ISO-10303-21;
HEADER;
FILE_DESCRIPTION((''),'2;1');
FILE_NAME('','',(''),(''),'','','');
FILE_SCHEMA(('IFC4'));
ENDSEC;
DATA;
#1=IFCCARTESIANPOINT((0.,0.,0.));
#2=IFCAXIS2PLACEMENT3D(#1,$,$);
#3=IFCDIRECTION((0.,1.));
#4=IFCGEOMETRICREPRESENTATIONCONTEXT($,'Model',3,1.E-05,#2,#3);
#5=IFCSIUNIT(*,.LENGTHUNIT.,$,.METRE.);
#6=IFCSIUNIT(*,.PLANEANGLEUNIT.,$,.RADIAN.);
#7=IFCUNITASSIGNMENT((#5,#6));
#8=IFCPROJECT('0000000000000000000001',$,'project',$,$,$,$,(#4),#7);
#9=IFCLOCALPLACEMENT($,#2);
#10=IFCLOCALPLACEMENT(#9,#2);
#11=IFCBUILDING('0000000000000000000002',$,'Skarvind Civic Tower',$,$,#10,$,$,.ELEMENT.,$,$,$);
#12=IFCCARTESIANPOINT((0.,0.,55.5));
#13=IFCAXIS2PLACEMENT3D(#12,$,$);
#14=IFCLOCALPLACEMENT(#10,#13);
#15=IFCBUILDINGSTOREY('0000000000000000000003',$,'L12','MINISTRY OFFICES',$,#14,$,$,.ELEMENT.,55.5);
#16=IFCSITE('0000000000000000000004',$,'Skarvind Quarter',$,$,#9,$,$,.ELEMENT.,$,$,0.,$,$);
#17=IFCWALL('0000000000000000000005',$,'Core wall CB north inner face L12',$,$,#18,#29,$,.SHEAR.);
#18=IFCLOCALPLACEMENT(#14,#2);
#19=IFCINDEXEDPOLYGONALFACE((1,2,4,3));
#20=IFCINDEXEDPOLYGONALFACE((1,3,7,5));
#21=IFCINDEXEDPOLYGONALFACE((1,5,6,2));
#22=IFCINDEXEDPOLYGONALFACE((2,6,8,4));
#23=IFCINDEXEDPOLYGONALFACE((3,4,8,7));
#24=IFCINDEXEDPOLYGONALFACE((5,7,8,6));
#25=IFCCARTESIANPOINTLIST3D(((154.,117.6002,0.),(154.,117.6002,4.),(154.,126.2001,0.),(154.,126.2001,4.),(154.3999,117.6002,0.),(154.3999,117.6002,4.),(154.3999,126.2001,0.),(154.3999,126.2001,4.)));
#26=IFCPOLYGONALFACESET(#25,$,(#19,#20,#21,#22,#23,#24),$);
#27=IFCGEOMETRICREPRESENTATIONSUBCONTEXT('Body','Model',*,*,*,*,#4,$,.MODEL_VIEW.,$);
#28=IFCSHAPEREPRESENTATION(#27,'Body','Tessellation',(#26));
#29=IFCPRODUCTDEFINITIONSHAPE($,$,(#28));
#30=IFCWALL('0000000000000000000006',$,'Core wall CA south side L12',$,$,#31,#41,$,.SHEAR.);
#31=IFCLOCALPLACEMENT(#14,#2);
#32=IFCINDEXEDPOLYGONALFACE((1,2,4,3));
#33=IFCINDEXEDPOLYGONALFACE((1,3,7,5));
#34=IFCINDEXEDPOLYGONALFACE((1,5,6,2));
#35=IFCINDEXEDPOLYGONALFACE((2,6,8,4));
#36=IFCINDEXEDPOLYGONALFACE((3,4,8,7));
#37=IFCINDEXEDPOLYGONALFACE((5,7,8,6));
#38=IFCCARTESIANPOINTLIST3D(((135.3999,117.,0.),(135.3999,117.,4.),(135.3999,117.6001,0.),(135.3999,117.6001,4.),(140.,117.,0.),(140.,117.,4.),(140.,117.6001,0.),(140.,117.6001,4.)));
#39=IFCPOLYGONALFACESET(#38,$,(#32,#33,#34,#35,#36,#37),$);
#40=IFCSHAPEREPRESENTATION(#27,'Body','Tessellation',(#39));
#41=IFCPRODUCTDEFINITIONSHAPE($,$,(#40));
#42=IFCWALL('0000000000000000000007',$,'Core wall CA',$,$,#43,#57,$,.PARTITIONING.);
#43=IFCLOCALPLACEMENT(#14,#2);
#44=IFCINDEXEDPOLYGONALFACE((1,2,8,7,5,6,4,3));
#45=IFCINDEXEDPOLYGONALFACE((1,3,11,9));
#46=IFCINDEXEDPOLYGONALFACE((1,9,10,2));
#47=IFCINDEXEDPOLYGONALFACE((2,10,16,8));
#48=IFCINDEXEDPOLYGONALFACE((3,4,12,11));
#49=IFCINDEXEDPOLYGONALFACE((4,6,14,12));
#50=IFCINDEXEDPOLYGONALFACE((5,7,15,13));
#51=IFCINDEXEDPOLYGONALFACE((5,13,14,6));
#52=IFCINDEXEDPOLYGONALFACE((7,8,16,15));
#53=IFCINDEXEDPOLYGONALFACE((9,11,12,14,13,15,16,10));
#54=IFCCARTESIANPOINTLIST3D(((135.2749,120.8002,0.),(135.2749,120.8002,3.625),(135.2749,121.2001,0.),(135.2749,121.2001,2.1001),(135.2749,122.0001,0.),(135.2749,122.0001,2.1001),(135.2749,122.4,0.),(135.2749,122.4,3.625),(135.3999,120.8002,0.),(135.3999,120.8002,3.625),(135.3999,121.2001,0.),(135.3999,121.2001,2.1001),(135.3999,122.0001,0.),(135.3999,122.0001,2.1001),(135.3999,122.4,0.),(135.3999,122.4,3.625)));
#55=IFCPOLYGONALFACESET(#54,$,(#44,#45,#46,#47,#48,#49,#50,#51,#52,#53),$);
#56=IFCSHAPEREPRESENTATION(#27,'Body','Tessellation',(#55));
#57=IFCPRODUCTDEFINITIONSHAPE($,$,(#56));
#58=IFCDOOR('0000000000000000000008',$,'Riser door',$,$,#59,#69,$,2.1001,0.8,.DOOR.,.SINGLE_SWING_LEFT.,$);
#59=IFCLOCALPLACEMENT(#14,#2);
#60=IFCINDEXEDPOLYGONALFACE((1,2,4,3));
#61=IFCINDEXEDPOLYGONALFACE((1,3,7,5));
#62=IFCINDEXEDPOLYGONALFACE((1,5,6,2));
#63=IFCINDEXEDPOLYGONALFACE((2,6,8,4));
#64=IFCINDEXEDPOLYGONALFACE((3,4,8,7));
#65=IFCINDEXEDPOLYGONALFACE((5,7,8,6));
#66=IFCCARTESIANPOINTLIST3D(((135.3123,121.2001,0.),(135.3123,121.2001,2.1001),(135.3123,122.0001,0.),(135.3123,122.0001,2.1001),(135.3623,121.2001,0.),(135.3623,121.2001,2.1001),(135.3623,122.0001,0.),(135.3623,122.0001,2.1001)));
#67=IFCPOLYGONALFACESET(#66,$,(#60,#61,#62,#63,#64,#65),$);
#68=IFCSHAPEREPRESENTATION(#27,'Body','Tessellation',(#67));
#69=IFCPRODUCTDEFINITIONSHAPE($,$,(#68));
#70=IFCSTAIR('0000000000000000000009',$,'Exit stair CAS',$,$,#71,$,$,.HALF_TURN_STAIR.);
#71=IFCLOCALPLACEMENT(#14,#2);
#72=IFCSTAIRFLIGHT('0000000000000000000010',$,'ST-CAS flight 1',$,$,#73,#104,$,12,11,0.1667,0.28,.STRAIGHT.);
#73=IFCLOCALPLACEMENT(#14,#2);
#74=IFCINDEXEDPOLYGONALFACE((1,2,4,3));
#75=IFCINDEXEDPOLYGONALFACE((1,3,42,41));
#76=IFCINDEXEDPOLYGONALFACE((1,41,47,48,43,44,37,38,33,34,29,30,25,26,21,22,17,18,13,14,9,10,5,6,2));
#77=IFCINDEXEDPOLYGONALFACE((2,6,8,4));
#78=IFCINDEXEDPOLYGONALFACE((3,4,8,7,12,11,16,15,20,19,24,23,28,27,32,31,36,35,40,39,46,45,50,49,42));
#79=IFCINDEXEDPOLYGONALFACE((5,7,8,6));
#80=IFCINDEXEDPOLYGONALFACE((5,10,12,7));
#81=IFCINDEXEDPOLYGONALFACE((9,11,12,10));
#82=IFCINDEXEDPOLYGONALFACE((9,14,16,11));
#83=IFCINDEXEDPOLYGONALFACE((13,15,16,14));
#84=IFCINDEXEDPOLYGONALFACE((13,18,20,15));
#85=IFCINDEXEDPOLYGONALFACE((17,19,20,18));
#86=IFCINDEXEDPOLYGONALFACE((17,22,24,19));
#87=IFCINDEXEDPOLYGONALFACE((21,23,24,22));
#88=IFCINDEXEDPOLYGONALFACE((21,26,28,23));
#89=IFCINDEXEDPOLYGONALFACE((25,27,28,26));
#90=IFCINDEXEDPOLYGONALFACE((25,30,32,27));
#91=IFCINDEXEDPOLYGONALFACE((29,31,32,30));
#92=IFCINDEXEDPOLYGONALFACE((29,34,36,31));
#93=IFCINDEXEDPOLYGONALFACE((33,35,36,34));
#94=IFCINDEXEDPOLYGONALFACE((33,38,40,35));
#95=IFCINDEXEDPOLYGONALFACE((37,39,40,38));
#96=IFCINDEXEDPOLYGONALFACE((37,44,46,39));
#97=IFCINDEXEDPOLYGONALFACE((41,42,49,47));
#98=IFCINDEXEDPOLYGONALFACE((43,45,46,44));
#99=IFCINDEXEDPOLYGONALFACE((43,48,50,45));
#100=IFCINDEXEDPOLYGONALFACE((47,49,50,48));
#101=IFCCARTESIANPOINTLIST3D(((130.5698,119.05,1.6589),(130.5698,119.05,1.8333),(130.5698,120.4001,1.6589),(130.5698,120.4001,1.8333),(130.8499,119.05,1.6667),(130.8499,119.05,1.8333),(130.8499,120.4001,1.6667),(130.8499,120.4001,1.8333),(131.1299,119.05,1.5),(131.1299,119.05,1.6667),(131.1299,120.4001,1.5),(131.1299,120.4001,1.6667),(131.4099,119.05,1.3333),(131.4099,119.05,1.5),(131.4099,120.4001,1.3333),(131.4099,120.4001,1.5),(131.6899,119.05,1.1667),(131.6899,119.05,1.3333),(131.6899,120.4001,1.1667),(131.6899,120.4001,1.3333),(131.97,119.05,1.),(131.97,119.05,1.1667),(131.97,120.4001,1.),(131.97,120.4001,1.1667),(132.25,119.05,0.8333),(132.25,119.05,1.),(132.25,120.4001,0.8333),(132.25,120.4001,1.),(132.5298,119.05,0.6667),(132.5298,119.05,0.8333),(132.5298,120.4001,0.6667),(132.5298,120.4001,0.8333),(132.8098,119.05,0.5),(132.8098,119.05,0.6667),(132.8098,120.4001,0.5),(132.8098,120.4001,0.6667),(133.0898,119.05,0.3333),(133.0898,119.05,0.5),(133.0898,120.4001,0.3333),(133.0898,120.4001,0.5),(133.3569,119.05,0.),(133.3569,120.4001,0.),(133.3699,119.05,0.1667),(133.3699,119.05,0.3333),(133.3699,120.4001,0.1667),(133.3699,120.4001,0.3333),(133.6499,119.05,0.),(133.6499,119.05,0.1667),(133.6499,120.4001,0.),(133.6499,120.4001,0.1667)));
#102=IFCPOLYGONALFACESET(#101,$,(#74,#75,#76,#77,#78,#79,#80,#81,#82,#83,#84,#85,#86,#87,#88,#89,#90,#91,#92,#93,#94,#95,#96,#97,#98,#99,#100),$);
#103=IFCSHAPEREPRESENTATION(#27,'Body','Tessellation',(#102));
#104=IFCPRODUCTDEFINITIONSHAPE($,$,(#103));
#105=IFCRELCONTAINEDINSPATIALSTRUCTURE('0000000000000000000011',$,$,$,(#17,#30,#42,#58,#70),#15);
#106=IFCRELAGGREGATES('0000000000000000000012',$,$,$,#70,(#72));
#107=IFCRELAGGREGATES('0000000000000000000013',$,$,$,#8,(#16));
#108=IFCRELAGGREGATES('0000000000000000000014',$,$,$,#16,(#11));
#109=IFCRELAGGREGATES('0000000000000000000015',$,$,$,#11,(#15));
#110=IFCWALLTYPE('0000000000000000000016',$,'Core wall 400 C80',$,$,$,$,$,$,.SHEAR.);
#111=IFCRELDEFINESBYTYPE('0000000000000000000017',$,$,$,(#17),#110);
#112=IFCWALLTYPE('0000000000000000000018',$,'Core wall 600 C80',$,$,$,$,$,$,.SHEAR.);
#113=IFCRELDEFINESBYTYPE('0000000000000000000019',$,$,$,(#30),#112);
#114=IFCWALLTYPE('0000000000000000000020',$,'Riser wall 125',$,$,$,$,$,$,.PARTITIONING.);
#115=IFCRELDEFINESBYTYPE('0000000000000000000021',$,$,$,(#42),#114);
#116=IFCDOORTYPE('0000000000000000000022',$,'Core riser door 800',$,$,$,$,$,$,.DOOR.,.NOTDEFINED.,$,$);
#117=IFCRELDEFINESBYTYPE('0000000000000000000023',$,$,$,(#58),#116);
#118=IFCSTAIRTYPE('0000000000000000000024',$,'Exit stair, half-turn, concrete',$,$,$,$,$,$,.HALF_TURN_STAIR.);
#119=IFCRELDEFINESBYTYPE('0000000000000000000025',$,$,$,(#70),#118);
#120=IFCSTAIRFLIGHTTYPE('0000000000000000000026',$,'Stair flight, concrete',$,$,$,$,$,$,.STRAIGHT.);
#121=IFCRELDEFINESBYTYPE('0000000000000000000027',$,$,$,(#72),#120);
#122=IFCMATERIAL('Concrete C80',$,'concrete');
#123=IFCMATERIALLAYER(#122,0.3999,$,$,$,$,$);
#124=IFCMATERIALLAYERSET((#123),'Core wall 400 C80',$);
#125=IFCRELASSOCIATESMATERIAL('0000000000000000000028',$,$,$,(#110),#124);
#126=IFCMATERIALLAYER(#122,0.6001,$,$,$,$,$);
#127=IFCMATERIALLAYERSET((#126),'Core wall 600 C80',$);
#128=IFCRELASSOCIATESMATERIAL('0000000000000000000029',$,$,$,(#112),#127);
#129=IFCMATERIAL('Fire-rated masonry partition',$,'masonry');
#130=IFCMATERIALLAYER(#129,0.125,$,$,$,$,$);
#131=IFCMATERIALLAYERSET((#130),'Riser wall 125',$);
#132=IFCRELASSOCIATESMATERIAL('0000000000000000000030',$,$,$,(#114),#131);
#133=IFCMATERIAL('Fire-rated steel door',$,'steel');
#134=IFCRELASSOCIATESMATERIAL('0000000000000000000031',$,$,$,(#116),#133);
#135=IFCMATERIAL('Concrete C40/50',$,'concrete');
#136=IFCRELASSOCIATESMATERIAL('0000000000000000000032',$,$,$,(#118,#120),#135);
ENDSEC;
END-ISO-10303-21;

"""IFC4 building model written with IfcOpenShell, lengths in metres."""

from ifc_helpers import new_model, si_unit, direction, frame, frame_2d, origin, place, context, subcontext, project, spatial, polyline, rectangle, outline, extrude, material, layer, layer_set, type_object, element, fill, aggregate, save


model = new_model("IFC4")

# Units and contexts
model_context = context("Model", 3, precision=1e-05, world=origin(), true_north=direction((0.0, 1.0)))
body_context = subcontext(model_context, "Body", "Model", "MODEL_VIEW")
ifc_project = project(units=[si_unit("LENGTHUNIT", "METRE"), si_unit("PLANEANGLEUNIT", "RADIAN")], contexts=[model_context])

# Site, building, storey
site_placement = place(None, origin())
site = spatial("IfcSite", under=ifc_project, at=site_placement, Name="Skarvind Quarter", CompositionType="ELEMENT", RefElevation=0.0)
building_placement = place(site_placement, origin())
building = spatial("IfcBuilding", under=site, at=building_placement, Name="Skarvind Civic Tower", CompositionType="ELEMENT")
storey_placement = place(building_placement, frame((0.0, 0.0, 55.5)))
storey = spatial("IfcBuildingStorey", under=building, at=storey_placement, Name="L12", Description="MINISTRY OFFICES", CompositionType="ELEMENT", Elevation=55.5)

# Shared definitions
ifc_material_1 = material(Name="Fire-rated masonry partition", Category="masonry")
ifc_material_2 = material(Name="Fire-rated steel door", Category="steel")
ifc_material_3 = material(Name="Concrete C80", Category="concrete")
ifc_layer_1 = layer(ifc_material_3, 0.3999)
ifc_layer_set_1 = layer_set([ifc_layer_1], Name="Core wall 400 C80")
wall_type_1 = type_object("IfcWallType", Name="Core wall 400 C80", PredefinedType="SHEAR", material=ifc_layer_set_1)

# Walls
for number, where, z_axis, x_axis, name in (
    (1, (154.2, 126.2, 0.0), (0.0, 0.0, 1.0), (0.0, -1.0, 0.0), "Core wall CB north inner face L12"),
):
    element("IfcWall", number, at=place(storey_placement, frame(where, z_axis=z_axis, x_axis=x_axis)), inside=storey, type_object=wall_type_1, Name=name, PredefinedType="SHEAR", context=body_context, shape_type="SweptSolid", body=[
        extrude(rectangle(XDim=8.5999, YDim=0.3999, at=frame_2d((4.2998, 0.0))), origin(), (0.0, 0.0, 1.0), 4.0),
    ])
ifc_layer_2 = layer(ifc_material_3, 0.6001)
ifc_layer_set_2 = layer_set([ifc_layer_2], Name="Core wall 600 C80")
wall_type_2 = type_object("IfcWallType", Name="Core wall 600 C80", PredefinedType="SHEAR", material=ifc_layer_set_2)
wall_1_placement = place(storey_placement, frame((135.3999, 117.3, 0.0), z_axis=(0.0, 0.0, 1.0), x_axis=(1.0, 0.0, 0.0)))
element("IfcWall", 2, at=wall_1_placement, inside=storey, type_object=wall_type_2, Name="Core wall CA south side L12", PredefinedType="SHEAR", context=body_context, shape_type="SweptSolid", body=[
    extrude(rectangle(XDim=4.6001, YDim=0.6001, at=frame_2d((2.3, 0.0))), origin(), (0.0, 0.0, 1.0), 4.0),
])

# Wall, opening, door
ifc_layer_3 = layer(ifc_material_1, 0.125)
ifc_layer_set_3 = layer_set([ifc_layer_3], Name="Riser wall 125")
wall_type_3 = type_object("IfcWallType", Name="Riser wall 125", PredefinedType="PARTITIONING", material=ifc_layer_set_3)
wall_2_placement = place(storey_placement, frame((135.3374, 122.3999, 0.0), z_axis=(0.0, 0.0, 1.0), x_axis=(0.0, -1.0, 0.0)))
wall_2 = element("IfcWall", 3, at=wall_2_placement, inside=storey, type_object=wall_type_3, Name="Core wall CA", PredefinedType="PARTITIONING", context=body_context, shape_type="SweptSolid", body=[
    extrude(rectangle(XDim=1.5999, YDim=0.125, at=frame_2d((0.7998, 0.0))), origin(), (0.0, 0.0, 1.0), 3.625),
])
opening_1_placement = place(wall_2_placement, frame((0.3999, 0.0, 0.0)))
opening_1 = element("IfcOpeningElement", 4, at=opening_1_placement, cuts=wall_2, PredefinedType="OPENING", context=body_context, shape_type="SweptSolid", body=[
    extrude(rectangle(XDim=0.8, YDim=2.1001, at=frame_2d((0.3999, 1.05))), frame((0.0, 0.0725, 0.0), z_axis=(0.0, -1.0, 0.0), x_axis=(1.0, 0.0, 0.0)), (0.0, 0.0, 1.0), 0.145),
])
door_type_1 = type_object("IfcDoorType", Name="Core riser door 800", OperationType="NOTDEFINED", PredefinedType="DOOR", material=ifc_material_2)
door_1_placement = place(opening_1_placement, origin())
door_1 = element("IfcDoor", 5, at=door_1_placement, inside=storey, type_object=door_type_1, Name="Riser door", OperationType="SINGLE_SWING_LEFT", OverallHeight=2.1001, OverallWidth=0.8, PredefinedType="DOOR", context=body_context, shape_type="SweptSolid", body=[
    extrude(rectangle(XDim=0.8, YDim=2.1001, at=frame_2d((0.3999, 1.05))), frame((0.0, 0.0249, 0.0), z_axis=(0.0, -1.0, 0.0), x_axis=(1.0, 0.0, 0.0)), (0.0, 0.0, 1.0), 0.05),
])
fill(opening_1, door_1)

# Stair, stair flight
ifc_material_4 = material(Name="Concrete C40/50", Category="concrete")
stair_type = type_object("IfcStairType", Name="Exit stair, half-turn, concrete", PredefinedType="HALF_TURN_STAIR", material=ifc_material_4)
stair_placement = place(storey_placement, origin())
stair = element("IfcStair", 6, at=stair_placement, inside=storey, type_object=stair_type, Name="Exit stair CAS", PredefinedType="HALF_TURN_STAIR")
stair_flight_type = type_object("IfcStairFlightType", Name="Stair flight, concrete", PredefinedType="STRAIGHT", material=ifc_material_4)
stair_flight_placement = place(storey_placement, frame((133.6499, 119.7251, 0.0), z_axis=(0.0, 0.0, 1.0), x_axis=(-1.0, 0.0, 0.0)))
stair_flight = element("IfcStairFlight", 7, at=stair_flight_placement, type_object=stair_flight_type, Name="ST-CAS flight 1", NumberOfRisers=12, NumberOfTreads=11, PredefinedType="STRAIGHT", RiserHeight=0.1667, TreadLength=0.28, context=body_context, shape_type="SweptSolid", body=[
    extrude(outline(polyline([(0.0, 0.0), (0.0, 0.1667), (0.28, 0.1667), (0.28, 0.3333), (0.5601, 0.3333), (0.5601, 0.5), (0.8401, 0.5), (0.8401, 0.6667), (1.1201, 0.6667), (1.1201, 0.8333), (1.3999, 0.8333), (1.3999, 1.0), (1.6799, 1.0), (1.6799, 1.1667), (1.96, 1.1667), (1.96, 1.3333), (2.24, 1.3333), (2.24, 1.5), (2.52, 1.5), (2.52, 1.6667), (2.8, 1.6667), (2.8, 1.8333), (3.0801, 1.8333), (3.0801, 2.0), (3.0801, 1.6589), (0.293, 0.0), (0.0, 0.0)])), frame((0.0, 0.675, 0.0), z_axis=(0.0, -1.0, 0.0), x_axis=(1.0, 0.0, 0.0)), (0.0, 0.0, 1.0), 1.3501),
])
aggregate(stair, [stair_flight])

save(model, "model.ifc")
